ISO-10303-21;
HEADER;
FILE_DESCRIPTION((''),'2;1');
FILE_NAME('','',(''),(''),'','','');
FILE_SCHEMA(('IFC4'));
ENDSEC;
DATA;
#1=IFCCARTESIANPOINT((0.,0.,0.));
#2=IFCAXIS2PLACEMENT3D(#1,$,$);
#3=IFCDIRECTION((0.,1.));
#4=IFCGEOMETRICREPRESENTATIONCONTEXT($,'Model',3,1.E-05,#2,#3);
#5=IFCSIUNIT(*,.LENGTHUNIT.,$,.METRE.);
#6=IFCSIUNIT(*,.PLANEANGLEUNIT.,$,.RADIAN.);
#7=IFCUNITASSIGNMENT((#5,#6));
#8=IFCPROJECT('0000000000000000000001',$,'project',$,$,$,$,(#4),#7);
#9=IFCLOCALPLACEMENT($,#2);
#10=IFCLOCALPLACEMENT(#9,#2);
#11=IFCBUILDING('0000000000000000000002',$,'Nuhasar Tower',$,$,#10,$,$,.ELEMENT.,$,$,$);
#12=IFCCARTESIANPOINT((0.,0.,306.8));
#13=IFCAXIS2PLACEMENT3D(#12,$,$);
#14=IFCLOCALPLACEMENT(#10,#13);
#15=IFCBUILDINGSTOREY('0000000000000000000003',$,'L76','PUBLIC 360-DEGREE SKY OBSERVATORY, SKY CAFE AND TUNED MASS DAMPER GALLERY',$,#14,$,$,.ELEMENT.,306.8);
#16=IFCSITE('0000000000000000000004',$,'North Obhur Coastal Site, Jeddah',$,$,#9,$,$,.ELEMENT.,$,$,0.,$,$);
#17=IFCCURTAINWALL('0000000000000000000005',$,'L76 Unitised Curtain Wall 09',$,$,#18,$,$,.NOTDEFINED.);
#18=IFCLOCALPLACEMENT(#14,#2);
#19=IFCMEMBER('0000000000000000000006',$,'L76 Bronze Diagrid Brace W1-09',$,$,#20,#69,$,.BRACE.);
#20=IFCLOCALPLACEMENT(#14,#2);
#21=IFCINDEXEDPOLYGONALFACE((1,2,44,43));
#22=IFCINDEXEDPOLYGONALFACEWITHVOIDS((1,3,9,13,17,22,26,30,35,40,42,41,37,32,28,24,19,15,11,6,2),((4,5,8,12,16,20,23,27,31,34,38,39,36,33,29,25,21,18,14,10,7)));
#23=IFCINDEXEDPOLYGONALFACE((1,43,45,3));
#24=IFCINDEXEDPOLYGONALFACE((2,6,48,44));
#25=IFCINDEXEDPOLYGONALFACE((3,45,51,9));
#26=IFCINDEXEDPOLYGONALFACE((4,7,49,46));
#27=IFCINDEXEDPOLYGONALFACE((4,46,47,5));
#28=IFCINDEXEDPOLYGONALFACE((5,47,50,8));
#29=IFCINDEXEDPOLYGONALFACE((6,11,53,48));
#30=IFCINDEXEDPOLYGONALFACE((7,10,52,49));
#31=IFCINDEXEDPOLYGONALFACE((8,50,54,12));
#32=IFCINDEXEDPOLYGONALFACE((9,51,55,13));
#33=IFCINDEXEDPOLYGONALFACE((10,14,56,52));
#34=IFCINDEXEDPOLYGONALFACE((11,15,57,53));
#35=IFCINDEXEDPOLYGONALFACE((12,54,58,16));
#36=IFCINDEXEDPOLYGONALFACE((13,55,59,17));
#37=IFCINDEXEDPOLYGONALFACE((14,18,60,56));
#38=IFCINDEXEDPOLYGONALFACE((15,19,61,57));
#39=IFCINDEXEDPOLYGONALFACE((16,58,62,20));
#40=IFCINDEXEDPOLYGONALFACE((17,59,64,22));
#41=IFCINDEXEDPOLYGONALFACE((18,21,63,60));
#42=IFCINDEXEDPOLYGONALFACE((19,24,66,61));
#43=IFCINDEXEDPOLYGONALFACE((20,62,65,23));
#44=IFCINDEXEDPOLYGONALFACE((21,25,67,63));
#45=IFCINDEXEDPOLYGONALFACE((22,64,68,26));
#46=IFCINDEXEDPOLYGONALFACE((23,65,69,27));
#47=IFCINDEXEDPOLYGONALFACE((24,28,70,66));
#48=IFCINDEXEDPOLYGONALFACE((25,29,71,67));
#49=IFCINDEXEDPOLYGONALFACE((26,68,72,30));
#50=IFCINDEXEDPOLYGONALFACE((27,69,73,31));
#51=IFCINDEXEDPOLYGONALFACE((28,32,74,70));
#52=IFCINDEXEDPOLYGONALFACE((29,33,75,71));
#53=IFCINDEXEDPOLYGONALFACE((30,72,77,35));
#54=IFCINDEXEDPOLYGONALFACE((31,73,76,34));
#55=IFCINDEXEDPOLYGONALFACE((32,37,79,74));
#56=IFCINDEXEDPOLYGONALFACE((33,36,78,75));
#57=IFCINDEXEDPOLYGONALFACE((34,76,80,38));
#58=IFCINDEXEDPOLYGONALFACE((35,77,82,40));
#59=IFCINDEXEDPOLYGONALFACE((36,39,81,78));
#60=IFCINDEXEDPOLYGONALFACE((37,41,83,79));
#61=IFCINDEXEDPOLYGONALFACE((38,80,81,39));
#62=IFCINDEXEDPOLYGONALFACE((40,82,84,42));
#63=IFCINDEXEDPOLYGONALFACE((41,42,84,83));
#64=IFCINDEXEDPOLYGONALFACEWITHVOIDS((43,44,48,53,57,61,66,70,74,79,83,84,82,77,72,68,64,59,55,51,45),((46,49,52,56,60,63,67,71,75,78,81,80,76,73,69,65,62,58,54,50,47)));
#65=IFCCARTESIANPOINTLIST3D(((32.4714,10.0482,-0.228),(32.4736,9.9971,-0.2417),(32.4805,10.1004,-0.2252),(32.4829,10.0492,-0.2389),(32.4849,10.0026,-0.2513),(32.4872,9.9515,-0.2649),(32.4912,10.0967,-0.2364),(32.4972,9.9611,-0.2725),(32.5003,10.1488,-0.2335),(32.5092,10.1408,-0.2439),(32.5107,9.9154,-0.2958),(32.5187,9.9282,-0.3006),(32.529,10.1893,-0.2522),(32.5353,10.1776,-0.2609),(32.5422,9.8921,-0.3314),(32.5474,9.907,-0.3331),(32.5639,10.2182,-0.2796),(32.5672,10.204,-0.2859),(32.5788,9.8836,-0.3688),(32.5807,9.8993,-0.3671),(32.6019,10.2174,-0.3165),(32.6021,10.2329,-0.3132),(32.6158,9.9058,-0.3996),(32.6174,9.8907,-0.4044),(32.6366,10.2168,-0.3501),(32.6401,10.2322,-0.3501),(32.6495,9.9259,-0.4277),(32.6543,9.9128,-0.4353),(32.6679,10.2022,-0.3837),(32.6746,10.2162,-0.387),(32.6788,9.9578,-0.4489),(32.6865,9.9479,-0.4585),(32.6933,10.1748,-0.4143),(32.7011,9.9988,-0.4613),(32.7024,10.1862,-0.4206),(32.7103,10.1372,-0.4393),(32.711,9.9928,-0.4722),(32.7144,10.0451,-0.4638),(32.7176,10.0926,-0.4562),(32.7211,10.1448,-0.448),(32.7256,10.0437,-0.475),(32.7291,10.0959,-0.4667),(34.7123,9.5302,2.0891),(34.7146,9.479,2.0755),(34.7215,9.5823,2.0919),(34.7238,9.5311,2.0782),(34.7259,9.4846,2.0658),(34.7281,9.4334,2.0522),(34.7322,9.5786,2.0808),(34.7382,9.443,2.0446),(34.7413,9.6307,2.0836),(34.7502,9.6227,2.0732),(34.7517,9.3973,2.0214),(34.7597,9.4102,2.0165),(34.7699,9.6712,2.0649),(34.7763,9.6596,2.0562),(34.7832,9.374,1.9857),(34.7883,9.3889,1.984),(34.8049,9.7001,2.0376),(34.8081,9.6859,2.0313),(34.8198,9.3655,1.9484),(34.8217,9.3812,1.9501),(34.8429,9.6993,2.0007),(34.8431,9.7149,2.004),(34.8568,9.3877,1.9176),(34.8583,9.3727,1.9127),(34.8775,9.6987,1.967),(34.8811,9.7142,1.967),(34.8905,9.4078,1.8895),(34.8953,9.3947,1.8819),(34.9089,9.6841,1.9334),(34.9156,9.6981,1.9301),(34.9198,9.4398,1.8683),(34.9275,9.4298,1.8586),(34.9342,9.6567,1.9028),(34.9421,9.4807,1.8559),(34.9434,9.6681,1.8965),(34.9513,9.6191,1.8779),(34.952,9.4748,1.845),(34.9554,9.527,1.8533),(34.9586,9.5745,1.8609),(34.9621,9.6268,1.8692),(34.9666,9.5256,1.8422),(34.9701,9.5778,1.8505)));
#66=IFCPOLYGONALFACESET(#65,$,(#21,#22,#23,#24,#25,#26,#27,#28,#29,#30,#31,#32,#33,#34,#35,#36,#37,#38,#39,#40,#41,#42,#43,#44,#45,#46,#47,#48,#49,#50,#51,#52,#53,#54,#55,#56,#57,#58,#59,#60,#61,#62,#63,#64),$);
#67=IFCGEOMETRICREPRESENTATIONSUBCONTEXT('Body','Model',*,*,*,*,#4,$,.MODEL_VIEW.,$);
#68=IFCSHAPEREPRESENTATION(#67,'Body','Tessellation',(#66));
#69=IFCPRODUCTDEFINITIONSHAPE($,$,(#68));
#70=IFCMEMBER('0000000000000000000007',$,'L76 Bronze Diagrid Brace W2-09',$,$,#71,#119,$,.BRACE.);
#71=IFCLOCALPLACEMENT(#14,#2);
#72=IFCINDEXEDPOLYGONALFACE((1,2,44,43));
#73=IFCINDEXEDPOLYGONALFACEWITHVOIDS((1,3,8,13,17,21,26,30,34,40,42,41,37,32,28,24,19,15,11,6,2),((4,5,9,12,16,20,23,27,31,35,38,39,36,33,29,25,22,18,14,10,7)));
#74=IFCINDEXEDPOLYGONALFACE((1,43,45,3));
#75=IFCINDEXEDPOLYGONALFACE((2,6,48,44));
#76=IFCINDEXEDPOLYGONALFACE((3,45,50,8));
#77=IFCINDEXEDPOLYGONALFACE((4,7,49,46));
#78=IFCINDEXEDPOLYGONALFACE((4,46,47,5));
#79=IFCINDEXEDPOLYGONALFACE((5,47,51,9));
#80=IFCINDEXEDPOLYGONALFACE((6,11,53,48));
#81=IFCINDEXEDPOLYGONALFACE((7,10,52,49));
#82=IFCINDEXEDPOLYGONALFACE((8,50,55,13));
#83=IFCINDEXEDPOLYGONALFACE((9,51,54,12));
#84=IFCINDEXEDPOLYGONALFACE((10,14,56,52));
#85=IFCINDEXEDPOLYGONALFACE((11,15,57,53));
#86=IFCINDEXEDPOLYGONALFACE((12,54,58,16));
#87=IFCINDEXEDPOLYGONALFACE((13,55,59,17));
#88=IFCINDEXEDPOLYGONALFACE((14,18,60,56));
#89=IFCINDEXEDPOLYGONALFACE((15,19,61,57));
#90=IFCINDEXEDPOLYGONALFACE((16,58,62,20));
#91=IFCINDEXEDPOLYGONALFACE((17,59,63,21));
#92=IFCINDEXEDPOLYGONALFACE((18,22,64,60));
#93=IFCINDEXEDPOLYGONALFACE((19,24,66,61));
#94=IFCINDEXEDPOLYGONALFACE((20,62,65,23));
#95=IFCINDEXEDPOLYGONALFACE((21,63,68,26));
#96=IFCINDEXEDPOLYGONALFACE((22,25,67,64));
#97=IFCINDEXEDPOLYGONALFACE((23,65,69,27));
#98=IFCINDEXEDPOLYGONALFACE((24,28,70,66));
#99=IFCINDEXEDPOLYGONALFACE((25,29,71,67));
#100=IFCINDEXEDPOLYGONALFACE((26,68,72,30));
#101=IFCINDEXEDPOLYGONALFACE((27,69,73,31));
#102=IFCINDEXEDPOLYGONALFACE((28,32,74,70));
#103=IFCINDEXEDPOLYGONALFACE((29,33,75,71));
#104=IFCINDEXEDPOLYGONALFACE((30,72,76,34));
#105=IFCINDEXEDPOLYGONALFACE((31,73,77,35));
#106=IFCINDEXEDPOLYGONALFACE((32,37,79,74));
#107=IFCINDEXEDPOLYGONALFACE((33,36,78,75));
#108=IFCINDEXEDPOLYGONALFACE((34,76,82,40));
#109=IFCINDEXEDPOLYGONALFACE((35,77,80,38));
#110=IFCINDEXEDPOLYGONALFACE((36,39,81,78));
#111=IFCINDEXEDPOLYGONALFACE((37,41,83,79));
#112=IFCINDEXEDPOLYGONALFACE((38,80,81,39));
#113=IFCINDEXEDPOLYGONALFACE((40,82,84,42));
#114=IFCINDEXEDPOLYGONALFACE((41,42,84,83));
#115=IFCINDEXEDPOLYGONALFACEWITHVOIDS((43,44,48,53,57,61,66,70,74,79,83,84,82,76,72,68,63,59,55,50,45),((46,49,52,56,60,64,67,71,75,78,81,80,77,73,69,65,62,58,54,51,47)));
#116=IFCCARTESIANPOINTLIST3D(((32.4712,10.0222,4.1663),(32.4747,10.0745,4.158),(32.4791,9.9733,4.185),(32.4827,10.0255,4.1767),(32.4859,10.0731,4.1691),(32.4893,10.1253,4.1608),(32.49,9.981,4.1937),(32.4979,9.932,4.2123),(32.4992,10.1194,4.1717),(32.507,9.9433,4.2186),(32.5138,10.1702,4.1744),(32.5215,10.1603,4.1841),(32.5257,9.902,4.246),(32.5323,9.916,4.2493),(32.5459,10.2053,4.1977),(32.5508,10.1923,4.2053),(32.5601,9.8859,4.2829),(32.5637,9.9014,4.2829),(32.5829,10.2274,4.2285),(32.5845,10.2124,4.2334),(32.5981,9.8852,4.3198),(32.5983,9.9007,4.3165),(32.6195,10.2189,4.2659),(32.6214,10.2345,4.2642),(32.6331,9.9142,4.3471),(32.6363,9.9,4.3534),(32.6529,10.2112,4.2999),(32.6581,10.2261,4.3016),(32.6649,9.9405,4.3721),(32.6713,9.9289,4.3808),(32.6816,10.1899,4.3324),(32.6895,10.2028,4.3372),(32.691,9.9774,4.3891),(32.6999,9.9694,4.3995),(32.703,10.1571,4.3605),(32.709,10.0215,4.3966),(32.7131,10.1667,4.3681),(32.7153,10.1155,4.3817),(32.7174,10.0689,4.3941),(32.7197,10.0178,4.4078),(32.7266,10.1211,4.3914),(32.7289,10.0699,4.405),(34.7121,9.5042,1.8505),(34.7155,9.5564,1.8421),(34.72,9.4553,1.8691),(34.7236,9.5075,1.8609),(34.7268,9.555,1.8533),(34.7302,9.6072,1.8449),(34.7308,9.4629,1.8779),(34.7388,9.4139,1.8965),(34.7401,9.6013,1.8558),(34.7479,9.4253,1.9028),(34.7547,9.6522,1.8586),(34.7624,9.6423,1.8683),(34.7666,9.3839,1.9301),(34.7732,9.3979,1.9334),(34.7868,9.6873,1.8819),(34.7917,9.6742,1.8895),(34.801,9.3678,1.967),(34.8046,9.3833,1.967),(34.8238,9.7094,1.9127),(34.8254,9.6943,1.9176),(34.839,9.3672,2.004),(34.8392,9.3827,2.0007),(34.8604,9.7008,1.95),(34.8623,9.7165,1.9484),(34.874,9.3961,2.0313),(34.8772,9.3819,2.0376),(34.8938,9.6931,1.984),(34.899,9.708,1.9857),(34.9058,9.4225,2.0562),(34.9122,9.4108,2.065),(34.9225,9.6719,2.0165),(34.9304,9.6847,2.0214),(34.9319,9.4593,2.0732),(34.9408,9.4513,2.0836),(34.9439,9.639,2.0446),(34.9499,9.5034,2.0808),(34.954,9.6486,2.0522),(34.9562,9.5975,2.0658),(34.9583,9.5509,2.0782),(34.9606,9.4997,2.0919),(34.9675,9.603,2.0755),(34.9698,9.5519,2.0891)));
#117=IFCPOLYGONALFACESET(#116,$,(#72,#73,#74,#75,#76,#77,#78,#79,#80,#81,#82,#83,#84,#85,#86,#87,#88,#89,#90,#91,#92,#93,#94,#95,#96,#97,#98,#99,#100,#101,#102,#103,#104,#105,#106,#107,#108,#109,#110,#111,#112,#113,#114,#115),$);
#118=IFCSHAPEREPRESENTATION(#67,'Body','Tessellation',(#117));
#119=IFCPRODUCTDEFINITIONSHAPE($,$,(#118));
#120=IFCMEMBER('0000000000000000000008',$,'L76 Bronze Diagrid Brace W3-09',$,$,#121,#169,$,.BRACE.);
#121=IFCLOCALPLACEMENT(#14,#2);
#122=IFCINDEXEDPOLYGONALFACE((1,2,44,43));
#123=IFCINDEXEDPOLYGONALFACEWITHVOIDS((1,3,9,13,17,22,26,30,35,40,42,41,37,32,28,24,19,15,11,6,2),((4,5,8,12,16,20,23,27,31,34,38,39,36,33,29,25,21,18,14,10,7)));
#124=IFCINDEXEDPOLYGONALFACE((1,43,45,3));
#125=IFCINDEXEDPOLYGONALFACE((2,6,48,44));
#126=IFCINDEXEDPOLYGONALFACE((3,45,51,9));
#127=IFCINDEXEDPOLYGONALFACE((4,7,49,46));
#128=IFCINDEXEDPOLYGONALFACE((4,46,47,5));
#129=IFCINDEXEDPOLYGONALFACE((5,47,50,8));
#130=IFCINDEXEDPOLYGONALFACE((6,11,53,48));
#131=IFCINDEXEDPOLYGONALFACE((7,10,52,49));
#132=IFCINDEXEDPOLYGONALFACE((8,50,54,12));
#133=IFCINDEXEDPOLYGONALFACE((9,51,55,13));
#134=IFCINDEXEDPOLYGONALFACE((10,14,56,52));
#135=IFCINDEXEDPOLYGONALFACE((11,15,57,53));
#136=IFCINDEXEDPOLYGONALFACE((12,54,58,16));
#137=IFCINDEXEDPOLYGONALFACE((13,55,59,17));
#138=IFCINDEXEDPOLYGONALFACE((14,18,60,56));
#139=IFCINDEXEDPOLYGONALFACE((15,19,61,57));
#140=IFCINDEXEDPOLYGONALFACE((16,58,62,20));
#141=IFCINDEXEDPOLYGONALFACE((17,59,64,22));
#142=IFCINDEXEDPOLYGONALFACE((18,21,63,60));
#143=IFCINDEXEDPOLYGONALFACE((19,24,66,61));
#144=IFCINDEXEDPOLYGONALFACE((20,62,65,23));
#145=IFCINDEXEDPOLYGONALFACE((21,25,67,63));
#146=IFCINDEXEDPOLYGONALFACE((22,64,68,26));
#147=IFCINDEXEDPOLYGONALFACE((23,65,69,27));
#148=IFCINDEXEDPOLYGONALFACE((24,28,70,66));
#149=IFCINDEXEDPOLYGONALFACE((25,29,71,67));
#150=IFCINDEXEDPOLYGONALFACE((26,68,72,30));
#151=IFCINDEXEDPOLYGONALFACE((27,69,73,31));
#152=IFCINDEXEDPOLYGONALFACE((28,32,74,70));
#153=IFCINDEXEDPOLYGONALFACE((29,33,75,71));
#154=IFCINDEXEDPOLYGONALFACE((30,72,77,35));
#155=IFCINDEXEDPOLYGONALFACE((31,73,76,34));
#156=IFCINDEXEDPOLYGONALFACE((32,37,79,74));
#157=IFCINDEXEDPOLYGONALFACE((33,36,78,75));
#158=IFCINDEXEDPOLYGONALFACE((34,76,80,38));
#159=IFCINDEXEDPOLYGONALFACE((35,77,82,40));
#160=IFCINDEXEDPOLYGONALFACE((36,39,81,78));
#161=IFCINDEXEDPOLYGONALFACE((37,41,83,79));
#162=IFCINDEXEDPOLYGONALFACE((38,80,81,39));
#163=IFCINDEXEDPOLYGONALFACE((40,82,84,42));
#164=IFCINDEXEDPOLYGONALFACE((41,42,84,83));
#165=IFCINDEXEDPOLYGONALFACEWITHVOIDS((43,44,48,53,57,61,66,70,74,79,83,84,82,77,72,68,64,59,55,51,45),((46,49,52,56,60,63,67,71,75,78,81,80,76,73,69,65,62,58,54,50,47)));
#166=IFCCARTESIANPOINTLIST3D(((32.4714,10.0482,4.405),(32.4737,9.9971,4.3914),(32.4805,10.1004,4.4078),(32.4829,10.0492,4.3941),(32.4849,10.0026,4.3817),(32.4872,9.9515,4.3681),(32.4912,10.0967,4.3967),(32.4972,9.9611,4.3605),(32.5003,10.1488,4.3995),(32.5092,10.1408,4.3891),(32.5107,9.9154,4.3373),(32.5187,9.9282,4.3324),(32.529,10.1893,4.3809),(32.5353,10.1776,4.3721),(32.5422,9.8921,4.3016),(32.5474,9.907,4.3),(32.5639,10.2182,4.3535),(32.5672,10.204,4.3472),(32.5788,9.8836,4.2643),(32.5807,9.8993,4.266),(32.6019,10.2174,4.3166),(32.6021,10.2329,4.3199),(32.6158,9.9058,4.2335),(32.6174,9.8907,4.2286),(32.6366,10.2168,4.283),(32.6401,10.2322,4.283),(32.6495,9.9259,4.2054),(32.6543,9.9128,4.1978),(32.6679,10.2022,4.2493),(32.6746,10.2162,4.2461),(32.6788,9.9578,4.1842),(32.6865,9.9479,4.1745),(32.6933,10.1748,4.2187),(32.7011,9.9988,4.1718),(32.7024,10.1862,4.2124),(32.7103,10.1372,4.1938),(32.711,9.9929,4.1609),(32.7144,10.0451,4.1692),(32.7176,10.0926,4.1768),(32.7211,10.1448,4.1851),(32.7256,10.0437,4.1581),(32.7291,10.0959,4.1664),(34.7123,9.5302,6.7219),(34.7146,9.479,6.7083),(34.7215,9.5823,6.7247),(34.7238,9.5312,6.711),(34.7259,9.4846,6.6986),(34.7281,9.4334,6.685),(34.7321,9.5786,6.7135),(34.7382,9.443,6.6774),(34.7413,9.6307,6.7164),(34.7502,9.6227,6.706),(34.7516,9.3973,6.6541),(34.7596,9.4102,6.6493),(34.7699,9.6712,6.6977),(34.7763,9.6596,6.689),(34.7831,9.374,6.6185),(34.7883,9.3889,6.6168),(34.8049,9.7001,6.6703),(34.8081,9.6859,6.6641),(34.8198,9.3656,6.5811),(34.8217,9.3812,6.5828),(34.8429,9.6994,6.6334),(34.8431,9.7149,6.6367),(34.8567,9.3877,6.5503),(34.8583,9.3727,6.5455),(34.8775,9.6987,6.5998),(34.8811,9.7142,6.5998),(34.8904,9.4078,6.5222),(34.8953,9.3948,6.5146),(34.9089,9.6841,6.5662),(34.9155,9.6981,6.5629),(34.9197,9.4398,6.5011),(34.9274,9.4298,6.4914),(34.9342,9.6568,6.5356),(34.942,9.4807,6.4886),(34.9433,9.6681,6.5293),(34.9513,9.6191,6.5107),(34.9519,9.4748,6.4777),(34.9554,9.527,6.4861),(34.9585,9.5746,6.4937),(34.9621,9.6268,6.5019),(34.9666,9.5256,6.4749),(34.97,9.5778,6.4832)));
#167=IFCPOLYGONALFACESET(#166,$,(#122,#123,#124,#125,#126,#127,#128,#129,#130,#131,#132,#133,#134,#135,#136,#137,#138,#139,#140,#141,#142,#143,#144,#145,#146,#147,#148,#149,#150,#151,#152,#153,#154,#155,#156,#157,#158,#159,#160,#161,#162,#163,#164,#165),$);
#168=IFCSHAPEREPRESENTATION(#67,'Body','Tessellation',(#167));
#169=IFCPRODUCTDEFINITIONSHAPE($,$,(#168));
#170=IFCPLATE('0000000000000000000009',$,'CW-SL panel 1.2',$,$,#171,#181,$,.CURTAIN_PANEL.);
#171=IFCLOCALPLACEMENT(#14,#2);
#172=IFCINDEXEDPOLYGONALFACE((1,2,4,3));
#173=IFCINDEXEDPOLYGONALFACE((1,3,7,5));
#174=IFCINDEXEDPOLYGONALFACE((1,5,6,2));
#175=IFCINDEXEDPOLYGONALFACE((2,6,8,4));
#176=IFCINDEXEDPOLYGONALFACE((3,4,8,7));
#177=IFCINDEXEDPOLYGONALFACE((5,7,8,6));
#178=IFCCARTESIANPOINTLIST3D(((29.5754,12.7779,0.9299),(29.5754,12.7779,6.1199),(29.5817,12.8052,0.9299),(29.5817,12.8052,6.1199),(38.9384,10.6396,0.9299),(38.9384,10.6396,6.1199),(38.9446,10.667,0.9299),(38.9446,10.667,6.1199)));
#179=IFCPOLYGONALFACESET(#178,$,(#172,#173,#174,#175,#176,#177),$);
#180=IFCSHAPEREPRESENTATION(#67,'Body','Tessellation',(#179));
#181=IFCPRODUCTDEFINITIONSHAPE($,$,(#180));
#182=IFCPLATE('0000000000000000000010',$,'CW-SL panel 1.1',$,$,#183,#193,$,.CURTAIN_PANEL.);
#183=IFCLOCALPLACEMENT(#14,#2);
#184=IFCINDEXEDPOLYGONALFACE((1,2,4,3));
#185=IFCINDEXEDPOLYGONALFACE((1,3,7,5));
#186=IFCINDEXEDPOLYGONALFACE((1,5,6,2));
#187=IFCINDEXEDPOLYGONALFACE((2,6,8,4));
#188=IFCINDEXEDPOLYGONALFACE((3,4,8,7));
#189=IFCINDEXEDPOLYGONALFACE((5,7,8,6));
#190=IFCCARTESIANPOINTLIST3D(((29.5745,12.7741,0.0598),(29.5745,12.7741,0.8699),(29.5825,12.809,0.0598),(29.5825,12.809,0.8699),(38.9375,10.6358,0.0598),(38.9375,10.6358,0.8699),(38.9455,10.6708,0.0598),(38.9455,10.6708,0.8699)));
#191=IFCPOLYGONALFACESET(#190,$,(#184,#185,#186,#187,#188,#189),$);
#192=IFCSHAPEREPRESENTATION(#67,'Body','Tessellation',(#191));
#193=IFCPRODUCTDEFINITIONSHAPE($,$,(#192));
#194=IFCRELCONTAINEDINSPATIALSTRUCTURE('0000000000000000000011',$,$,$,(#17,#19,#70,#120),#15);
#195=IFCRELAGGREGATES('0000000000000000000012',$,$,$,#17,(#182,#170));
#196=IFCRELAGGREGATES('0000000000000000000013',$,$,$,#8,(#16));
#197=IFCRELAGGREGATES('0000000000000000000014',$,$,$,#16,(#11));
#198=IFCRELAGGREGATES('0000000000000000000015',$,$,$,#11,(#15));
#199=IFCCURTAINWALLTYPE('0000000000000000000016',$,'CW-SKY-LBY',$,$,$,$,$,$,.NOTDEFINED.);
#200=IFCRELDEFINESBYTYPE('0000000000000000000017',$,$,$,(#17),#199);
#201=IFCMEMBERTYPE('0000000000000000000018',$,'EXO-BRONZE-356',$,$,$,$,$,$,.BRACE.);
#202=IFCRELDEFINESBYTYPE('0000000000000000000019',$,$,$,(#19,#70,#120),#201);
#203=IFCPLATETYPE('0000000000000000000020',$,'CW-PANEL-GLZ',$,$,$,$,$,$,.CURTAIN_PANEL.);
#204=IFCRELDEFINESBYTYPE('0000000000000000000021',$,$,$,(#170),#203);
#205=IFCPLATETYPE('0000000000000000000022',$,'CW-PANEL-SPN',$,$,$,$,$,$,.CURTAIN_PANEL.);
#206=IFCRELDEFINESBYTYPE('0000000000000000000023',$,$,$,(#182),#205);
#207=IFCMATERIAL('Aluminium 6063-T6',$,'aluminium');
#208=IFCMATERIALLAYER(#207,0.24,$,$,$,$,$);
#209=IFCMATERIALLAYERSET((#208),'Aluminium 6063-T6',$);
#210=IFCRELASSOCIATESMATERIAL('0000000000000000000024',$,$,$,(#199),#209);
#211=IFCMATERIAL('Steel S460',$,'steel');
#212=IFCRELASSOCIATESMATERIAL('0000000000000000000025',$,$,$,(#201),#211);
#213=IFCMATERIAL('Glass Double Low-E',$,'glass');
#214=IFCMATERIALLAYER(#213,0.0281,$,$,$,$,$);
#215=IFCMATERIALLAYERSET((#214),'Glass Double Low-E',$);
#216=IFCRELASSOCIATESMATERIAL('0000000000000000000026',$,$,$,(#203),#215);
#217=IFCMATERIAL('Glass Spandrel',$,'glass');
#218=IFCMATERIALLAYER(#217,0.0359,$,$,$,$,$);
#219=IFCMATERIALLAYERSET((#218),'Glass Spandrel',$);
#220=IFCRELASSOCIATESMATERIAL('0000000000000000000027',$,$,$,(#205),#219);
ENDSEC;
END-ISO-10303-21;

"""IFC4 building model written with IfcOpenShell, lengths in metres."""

from ifc_helpers import new_model, si_unit, direction, frame, origin, origin_2d, place, context, subcontext, project, spatial, rectangle, hollow_circle, extrude, material, layer, layer_set, material_profile, profile_set, type_object, element, aggregate, save


model = new_model("IFC4")

# Units and contexts
model_context = context("Model", 3, precision=1e-05, world=origin(), true_north=direction((0.0, 1.0)))
body_context = subcontext(model_context, "Body", "Model", "MODEL_VIEW")
ifc_project = project(units=[si_unit("LENGTHUNIT", "METRE"), si_unit("PLANEANGLEUNIT", "RADIAN")], contexts=[model_context])

# Site, building, storey
site_placement = place(None, origin())
site = spatial("IfcSite", under=ifc_project, at=site_placement, Name="North Obhur Coastal Site, Jeddah", CompositionType="ELEMENT", RefElevation=0.0)
building_placement = place(site_placement, origin())
building = spatial("IfcBuilding", under=site, at=building_placement, Name="Nuhasar Tower", CompositionType="ELEMENT")
storey_placement = place(building_placement, frame((0.0, 0.0, 306.8)))
storey = spatial("IfcBuildingStorey", under=building, at=storey_placement, Name="L76", Description="PUBLIC 360-DEGREE SKY OBSERVATORY, SKY CAFE AND TUNED MASS DAMPER GALLERY", CompositionType="ELEMENT", Elevation=306.8)

# Shared definitions
ifc_material_1 = material(Name="Steel S460", Category="steel")

# Shared definitions
ifc_material_2 = material(Name="Aluminium 6063-T6", Category="aluminium")
ifc_layer_1 = layer(ifc_material_2, 0.24)
ifc_layer_set_1 = layer_set([ifc_layer_1], Name="Aluminium 6063-T6")
curtain_wall_type = type_object("IfcCurtainWallType", Name="CW-SKY-LBY", PredefinedType="NOTDEFINED", material=ifc_layer_set_1)

# Curtain wall
curtain_wall_1_placement = place(storey_placement, origin())
curtain_wall_1 = element("IfcCurtainWall", 1, at=curtain_wall_1_placement, inside=storey, type_object=curtain_wall_type, Name="L76 Unitised Curtain Wall 09", PredefinedType="NOTDEFINED")

# Members
ifc_material_profile_1 = material_profile(ifc_material_1, hollow_circle(Radius=0.1777, WallThickness=0.0159, at=origin_2d()), Name="HSS355.6X15.9")
ifc_profile_set_1 = profile_set([ifc_material_profile_1], Name="Steel S460")
member_type_1 = type_object("IfcMemberType", Name="EXO-BRONZE-356", PredefinedType="BRACE", material=ifc_profile_set_1)
member_1_placement = place(storey_placement, frame((32.6001, 10.0591, -0.3501), z_axis=(0.686385, -0.158678, 0.709716), x_axis=(0.225239, 0.974303, 0.0)))
element("IfcMember", 2, at=member_1_placement, inside=storey, type_object=member_type_1, Name="L76 Bronze Diagrid Brace W1-09", PredefinedType="BRACE", context=body_context, shape_type="SweptSolid", body=[
    extrude(hollow_circle(Radius=0.1777, WallThickness=0.0159, at=origin_2d()), origin(), (0.0, 0.0, 1.0), 3.2649),
])
member_2_placement = place(storey_placement, frame((34.8411, 9.541, 1.967), z_axis=(-0.686567, 0.158721, 0.70953), x_axis=(-0.225239, -0.974303, 0.0)))
element("IfcMember", 3, at=member_2_placement, inside=storey, type_object=member_type_1, Name="L76 Bronze Diagrid Brace W2-09", PredefinedType="BRACE", context=body_context, shape_type="SweptSolid", body=[
    extrude(hollow_circle(Radius=0.1777, WallThickness=0.0159, at=origin_2d()), origin(), (0.0, 0.0, 1.0), 3.2639),
])
member_3_placement = place(storey_placement, frame((32.6001, 10.0591, 4.283), z_axis=(0.686422, -0.158687, 0.709679), x_axis=(0.225239, 0.974303, 0.0)))
element("IfcMember", 4, at=member_3_placement, inside=storey, type_object=member_type_1, Name="L76 Bronze Diagrid Brace W3-09", PredefinedType="BRACE", context=body_context, shape_type="SweptSolid", body=[
    extrude(hollow_circle(Radius=0.1777, WallThickness=0.0159, at=origin_2d()), origin(), (0.0, 0.0, 1.0), 3.2646),
])

# Plates
ifc_material_3 = material(Name="Glass Double Low-E", Category="glass")
ifc_layer_2 = layer(ifc_material_3, 0.0281)
ifc_layer_set_2 = layer_set([ifc_layer_2], Name="Glass Double Low-E")
plate_type_1 = type_object("IfcPlateType", Name="CW-PANEL-GLZ", PredefinedType="CURTAIN_PANEL", material=ifc_layer_set_2)
plate_1_placement = place(storey_placement, frame((34.26, 11.7224, 0.9299), z_axis=(0.0, 0.0, 1.0), x_axis=(0.9749, -0.222643, 0.0)))
plate_1 = element("IfcPlate", 5, at=plate_1_placement, type_object=plate_type_1, Name="CW-SL panel 1.2", PredefinedType="CURTAIN_PANEL", context=body_context, shape_type="SweptSolid", body=[
    extrude(rectangle(XDim=9.604, YDim=0.0281, at=origin_2d()), origin(), (0.0, 0.0, 1.0), 5.1899),
])
ifc_material_4 = material(Name="Glass Spandrel", Category="glass")
ifc_layer_3 = layer(ifc_material_4, 0.0359)
ifc_layer_set_3 = layer_set([ifc_layer_3], Name="Glass Spandrel")
plate_type_2 = type_object("IfcPlateType", Name="CW-PANEL-SPN", PredefinedType="CURTAIN_PANEL", material=ifc_layer_set_3)
plate_2_placement = place(storey_placement, frame((34.26, 11.7224, 0.0598), z_axis=(0.0, 0.0, 1.0), x_axis=(0.9749, -0.222643, 0.0)))
plate_2 = element("IfcPlate", 6, at=plate_2_placement, type_object=plate_type_2, Name="CW-SL panel 1.1", PredefinedType="CURTAIN_PANEL", context=body_context, shape_type="SweptSolid", body=[
    extrude(rectangle(XDim=9.604, YDim=0.0359, at=origin_2d()), origin(), (0.0, 0.0, 1.0), 0.8101),
])
aggregate(curtain_wall_1, [plate_2, plate_1])

save(model, "model.ifc")
